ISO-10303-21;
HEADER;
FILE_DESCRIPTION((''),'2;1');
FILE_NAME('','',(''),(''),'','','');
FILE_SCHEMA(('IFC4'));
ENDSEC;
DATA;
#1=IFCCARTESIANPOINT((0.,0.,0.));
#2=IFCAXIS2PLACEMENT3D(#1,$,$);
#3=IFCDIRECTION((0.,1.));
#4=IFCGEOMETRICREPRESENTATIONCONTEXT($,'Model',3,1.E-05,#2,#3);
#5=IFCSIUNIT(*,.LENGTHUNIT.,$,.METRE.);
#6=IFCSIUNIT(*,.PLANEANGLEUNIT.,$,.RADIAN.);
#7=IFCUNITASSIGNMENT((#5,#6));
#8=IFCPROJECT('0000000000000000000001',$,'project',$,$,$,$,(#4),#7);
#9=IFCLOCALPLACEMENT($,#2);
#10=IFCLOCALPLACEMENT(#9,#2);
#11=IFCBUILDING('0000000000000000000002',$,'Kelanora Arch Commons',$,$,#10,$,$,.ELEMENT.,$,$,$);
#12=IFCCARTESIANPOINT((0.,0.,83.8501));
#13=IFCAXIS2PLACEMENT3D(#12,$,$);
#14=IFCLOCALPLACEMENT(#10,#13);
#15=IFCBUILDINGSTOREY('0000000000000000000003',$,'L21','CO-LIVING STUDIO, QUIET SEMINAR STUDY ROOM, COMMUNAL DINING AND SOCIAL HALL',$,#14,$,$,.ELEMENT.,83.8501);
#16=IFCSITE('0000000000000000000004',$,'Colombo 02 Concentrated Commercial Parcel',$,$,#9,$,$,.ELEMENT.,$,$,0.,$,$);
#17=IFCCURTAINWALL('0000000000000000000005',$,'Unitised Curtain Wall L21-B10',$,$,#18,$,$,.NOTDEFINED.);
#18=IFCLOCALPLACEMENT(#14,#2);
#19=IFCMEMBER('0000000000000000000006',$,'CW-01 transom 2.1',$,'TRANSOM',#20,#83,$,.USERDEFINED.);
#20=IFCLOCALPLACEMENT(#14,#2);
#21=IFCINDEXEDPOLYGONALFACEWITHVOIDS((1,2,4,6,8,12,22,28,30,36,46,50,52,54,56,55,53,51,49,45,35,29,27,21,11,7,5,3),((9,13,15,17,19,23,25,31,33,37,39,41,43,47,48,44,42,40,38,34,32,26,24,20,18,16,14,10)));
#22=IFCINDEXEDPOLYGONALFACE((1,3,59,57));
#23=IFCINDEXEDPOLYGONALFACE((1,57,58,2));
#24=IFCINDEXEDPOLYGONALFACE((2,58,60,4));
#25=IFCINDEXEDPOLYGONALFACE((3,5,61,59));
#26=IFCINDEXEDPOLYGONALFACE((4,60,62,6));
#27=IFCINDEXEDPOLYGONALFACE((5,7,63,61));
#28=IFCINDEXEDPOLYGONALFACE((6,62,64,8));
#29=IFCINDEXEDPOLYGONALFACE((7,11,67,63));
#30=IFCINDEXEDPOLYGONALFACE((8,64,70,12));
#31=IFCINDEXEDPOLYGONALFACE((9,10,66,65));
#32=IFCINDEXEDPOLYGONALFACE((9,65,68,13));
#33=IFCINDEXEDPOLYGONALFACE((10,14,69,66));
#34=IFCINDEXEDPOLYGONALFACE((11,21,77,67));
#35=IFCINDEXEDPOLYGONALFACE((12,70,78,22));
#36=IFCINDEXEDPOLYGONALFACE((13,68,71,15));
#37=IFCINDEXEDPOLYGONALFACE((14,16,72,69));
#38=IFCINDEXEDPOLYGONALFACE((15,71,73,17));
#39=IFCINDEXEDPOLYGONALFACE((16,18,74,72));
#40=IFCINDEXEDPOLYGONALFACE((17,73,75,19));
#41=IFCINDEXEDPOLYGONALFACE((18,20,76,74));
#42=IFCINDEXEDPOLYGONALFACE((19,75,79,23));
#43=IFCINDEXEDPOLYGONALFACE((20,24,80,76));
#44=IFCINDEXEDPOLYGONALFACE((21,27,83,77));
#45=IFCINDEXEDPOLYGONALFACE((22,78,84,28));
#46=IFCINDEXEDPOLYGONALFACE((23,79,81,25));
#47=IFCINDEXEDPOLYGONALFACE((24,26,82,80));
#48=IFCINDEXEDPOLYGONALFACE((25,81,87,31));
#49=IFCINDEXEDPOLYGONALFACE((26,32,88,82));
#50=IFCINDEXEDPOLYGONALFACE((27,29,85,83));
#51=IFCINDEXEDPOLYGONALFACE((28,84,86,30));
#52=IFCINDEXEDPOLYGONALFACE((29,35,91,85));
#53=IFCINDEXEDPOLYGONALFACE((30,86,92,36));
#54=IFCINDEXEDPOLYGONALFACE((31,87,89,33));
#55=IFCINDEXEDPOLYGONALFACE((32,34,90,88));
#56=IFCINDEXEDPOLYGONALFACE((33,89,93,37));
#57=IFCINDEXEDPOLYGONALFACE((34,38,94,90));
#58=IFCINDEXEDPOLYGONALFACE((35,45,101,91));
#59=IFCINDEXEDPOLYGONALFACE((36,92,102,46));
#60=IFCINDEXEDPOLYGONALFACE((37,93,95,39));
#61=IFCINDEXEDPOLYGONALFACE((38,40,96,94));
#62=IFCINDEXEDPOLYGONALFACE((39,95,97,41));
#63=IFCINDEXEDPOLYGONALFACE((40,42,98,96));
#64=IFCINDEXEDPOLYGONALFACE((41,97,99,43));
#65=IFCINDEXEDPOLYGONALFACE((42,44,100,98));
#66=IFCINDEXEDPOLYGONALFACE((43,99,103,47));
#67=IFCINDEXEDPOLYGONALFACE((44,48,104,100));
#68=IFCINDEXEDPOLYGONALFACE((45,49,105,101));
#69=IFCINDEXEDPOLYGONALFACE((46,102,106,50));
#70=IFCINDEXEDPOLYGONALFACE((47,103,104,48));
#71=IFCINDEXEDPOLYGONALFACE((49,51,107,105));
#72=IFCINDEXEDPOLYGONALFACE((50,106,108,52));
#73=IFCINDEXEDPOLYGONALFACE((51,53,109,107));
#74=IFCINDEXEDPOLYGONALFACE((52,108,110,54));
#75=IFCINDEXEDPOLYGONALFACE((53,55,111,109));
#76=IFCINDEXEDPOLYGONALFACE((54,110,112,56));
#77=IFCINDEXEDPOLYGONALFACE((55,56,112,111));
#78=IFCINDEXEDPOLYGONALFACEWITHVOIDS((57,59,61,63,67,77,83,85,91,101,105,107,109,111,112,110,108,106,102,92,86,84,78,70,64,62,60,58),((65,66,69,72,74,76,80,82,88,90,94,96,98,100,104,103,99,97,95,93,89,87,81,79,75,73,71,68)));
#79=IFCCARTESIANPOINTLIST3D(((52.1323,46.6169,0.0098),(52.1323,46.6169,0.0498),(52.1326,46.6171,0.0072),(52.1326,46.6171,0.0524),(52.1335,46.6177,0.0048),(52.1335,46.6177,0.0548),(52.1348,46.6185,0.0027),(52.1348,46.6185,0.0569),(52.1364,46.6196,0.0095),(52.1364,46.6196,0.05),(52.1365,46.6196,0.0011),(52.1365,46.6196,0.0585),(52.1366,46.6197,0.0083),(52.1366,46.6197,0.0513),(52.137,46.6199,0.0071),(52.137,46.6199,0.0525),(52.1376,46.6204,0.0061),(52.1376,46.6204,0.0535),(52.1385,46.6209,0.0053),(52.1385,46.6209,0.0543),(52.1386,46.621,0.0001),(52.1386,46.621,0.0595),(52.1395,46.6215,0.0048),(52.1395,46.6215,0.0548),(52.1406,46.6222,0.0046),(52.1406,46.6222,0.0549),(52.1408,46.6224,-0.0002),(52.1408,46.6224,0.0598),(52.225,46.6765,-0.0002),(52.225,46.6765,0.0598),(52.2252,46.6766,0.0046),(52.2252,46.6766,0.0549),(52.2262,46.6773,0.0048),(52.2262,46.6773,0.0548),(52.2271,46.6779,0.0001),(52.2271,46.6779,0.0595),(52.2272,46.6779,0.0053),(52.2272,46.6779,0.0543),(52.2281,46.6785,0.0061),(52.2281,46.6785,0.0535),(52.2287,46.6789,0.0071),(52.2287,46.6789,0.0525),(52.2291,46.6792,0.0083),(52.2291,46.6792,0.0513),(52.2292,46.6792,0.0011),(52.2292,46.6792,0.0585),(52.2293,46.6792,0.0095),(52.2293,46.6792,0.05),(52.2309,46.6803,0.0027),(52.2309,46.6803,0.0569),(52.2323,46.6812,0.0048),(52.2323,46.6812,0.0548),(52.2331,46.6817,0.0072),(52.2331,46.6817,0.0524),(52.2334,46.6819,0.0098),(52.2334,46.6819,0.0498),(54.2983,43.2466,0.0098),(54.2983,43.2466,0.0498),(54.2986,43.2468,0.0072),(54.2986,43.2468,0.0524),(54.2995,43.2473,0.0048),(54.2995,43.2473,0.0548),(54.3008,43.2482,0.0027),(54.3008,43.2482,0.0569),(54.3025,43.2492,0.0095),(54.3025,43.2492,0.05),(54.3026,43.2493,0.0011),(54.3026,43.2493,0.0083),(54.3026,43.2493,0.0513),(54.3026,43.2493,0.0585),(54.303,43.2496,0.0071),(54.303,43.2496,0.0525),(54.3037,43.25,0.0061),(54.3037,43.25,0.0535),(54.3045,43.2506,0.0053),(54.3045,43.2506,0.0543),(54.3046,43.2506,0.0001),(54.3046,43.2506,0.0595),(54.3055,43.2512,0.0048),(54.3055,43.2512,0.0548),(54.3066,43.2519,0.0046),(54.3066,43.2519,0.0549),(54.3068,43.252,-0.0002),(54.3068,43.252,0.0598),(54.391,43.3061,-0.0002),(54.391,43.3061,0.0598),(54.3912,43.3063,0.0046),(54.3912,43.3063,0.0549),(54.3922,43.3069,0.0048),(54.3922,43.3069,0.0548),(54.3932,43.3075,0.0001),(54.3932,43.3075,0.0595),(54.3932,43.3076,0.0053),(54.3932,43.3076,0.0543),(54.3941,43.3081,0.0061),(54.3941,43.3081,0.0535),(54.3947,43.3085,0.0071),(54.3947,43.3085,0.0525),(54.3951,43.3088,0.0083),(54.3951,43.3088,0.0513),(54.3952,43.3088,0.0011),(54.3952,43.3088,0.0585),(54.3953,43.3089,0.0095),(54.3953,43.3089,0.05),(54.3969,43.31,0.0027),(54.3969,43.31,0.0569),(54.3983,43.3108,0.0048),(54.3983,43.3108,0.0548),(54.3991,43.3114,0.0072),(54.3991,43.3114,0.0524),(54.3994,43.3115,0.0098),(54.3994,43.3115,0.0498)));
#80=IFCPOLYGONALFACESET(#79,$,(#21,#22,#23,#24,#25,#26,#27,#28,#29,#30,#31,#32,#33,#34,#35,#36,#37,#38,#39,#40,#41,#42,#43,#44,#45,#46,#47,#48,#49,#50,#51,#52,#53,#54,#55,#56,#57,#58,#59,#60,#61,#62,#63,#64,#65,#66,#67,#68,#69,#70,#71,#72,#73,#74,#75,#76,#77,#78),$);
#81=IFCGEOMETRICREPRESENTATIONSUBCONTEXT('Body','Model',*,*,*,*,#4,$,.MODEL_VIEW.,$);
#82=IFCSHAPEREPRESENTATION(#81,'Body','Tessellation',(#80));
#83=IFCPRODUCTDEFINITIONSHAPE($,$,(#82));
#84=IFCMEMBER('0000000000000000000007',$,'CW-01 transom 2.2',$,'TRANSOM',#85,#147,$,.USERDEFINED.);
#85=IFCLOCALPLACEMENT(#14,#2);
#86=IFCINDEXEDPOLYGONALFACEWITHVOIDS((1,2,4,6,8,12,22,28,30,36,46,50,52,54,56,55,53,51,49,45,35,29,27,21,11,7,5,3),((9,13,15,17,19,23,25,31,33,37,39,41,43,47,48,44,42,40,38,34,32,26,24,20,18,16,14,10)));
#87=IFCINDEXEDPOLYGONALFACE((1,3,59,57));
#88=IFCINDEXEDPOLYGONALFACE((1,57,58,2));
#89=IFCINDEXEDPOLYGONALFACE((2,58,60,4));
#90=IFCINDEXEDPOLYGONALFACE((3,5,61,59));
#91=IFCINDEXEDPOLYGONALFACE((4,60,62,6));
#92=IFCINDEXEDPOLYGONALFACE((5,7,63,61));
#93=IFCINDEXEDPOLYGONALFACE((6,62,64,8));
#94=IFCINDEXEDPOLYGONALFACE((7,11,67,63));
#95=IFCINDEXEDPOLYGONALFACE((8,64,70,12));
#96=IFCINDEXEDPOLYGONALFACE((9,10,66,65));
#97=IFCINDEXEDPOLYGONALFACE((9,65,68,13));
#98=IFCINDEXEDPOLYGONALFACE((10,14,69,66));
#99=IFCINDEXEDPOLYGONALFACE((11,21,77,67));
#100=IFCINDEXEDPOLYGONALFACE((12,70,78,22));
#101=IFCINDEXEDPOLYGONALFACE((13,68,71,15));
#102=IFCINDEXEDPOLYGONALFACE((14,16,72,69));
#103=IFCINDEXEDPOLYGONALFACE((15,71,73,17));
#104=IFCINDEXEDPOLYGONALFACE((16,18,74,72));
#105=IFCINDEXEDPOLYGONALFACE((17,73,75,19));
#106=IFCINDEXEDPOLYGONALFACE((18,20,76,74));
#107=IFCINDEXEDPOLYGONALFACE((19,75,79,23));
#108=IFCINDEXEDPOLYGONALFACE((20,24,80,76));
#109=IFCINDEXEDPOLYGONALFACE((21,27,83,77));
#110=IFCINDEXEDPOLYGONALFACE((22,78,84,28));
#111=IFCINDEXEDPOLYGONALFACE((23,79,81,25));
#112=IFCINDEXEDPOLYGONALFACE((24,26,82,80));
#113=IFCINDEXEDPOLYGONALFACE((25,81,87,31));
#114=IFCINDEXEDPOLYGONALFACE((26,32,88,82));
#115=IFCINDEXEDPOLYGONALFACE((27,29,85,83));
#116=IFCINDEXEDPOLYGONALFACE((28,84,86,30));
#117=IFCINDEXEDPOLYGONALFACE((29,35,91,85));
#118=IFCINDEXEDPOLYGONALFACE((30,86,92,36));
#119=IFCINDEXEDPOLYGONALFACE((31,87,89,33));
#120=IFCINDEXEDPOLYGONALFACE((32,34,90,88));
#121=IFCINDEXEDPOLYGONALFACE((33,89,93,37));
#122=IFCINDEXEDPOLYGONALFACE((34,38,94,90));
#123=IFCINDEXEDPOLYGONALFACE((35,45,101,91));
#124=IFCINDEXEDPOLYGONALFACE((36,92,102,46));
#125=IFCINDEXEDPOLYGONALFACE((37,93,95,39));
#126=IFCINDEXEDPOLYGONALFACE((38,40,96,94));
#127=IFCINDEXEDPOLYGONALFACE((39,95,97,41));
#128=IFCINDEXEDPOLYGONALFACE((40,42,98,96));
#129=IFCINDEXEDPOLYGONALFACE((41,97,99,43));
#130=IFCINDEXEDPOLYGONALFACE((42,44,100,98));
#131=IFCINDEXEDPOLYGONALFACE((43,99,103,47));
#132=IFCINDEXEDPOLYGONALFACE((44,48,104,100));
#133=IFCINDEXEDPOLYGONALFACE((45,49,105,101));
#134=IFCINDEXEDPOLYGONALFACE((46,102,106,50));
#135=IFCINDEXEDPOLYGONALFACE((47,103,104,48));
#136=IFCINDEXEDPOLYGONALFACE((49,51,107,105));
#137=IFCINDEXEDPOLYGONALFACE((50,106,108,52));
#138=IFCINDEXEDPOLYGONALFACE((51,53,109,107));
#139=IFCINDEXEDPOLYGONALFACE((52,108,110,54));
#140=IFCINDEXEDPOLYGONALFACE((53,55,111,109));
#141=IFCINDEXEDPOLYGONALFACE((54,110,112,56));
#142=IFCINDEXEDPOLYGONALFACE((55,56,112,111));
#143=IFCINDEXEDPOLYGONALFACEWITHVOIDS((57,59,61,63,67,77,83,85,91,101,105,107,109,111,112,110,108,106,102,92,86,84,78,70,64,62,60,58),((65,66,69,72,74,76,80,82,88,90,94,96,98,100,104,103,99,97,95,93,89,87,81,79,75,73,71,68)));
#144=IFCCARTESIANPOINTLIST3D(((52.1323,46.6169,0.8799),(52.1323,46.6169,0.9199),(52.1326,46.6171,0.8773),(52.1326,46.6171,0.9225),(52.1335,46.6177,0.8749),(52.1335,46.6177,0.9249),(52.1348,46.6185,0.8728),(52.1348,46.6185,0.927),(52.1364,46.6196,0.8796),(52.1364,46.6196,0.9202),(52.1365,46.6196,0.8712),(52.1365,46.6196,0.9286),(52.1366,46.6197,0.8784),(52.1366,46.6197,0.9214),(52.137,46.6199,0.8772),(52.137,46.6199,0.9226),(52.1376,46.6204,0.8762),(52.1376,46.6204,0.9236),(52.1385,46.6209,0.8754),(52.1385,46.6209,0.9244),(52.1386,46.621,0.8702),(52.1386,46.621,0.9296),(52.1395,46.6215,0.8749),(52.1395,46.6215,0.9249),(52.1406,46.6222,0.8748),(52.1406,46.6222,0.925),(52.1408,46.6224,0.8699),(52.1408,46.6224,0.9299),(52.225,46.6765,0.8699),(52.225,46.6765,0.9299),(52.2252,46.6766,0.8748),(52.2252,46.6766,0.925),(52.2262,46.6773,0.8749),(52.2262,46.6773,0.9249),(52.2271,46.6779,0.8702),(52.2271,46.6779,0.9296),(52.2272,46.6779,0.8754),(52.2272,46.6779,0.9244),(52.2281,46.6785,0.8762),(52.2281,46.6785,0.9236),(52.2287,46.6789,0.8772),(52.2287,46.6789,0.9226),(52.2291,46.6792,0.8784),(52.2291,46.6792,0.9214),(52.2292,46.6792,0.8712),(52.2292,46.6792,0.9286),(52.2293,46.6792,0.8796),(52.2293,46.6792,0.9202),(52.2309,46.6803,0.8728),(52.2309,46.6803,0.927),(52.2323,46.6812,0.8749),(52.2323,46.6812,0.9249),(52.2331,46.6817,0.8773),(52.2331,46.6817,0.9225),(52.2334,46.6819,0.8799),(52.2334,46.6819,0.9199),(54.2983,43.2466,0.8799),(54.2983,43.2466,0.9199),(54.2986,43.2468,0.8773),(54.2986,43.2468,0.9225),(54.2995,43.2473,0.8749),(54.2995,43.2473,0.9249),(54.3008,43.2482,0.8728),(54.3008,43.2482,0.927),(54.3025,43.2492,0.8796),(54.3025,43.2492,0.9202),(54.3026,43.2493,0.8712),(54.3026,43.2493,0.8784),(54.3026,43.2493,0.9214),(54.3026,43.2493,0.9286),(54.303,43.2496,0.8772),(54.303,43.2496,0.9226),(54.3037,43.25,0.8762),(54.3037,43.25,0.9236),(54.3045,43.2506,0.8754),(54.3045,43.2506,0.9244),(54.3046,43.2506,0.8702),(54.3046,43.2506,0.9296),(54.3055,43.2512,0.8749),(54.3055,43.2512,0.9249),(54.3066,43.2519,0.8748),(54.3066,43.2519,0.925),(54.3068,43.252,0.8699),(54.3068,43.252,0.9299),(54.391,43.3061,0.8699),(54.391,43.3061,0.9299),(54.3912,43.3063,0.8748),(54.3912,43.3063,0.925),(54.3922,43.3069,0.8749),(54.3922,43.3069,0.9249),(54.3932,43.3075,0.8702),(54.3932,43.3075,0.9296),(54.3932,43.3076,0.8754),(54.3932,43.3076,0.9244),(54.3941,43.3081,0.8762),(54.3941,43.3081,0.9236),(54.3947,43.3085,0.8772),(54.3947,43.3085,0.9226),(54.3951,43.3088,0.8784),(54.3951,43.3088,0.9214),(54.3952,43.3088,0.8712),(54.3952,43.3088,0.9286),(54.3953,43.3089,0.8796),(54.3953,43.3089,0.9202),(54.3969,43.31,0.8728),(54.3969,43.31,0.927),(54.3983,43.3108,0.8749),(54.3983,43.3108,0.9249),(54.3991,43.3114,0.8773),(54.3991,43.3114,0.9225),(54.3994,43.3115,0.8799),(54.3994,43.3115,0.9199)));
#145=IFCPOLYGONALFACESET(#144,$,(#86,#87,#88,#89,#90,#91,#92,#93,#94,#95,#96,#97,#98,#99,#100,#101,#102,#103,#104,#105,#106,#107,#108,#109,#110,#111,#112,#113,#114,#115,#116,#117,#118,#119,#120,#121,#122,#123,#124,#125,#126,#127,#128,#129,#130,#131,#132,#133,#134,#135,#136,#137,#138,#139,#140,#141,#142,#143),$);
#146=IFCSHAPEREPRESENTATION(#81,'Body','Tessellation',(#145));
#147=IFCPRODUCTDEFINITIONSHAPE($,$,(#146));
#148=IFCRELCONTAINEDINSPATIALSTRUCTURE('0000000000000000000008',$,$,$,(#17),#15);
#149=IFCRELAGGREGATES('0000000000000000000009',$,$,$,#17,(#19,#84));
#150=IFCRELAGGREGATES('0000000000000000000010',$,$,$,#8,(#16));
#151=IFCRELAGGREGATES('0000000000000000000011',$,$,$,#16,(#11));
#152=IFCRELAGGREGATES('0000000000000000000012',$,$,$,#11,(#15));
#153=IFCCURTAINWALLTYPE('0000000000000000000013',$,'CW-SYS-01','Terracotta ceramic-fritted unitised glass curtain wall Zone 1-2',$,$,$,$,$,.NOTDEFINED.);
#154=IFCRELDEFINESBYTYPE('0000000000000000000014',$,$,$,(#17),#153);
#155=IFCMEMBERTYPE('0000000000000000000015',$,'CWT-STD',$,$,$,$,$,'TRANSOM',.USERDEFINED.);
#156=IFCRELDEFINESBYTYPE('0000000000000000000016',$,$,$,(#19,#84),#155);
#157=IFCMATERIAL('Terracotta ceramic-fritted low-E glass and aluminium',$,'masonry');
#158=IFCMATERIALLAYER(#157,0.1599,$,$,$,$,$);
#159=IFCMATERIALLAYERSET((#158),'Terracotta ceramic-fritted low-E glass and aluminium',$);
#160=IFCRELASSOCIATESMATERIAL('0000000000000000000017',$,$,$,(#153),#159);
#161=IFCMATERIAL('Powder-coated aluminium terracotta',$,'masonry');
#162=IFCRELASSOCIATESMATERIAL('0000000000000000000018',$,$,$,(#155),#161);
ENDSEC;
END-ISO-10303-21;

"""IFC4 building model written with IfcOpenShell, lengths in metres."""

from ifc_helpers import new_model, si_unit, direction, frame, origin, origin_2d, place, context, subcontext, project, spatial, hollow_rectangle, extrude, material, layer, layer_set, material_profile, profile_set, type_object, element, aggregate, save


model = new_model("IFC4")

# Units and contexts
model_context = context("Model", 3, precision=1e-05, world=origin(), true_north=direction((0.0, 1.0)))
body_context = subcontext(model_context, "Body", "Model", "MODEL_VIEW")
ifc_project = project(units=[si_unit("LENGTHUNIT", "METRE"), si_unit("PLANEANGLEUNIT", "RADIAN")], contexts=[model_context])

# Site, building, storey
site_placement = place(None, origin())
site = spatial("IfcSite", under=ifc_project, at=site_placement, Name="Colombo 02 Concentrated Commercial Parcel", CompositionType="ELEMENT", RefElevation=0.0)
building_placement = place(site_placement, origin())
building = spatial("IfcBuilding", under=site, at=building_placement, Name="Kelanora Arch Commons", CompositionType="ELEMENT")
storey_placement = place(building_placement, frame((0.0, 0.0, 83.8501)))
storey = spatial("IfcBuildingStorey", under=building, at=storey_placement, Name="L21", Description="CO-LIVING STUDIO, QUIET SEMINAR STUDY ROOM, COMMUNAL DINING AND SOCIAL HALL", CompositionType="ELEMENT", Elevation=83.8501)

# Curtain wall, members
ifc_material_1 = material(Name="Terracotta ceramic-fritted low-E glass and aluminium", Category="masonry")
ifc_layer_1 = layer(ifc_material_1, 0.1599)
ifc_layer_set_1 = layer_set([ifc_layer_1], Name="Terracotta ceramic-fritted low-E glass and aluminium")
curtain_wall_type = type_object("IfcCurtainWallType", Name="CW-SYS-01", Description="Terracotta ceramic-fritted unitised glass curtain wall Zone 1-2", PredefinedType="NOTDEFINED", material=ifc_layer_set_1)
curtain_wall_placement = place(storey_placement, origin())
curtain_wall = element("IfcCurtainWall", 1, at=curtain_wall_placement, inside=storey, type_object=curtain_wall_type, Name="Unitised Curtain Wall L21-B10", PredefinedType="NOTDEFINED")
ifc_material_2 = material(Name="Powder-coated aluminium terracotta", Category="masonry")
ifc_material_profile_1 = material_profile(ifc_material_2, hollow_rectangle(XDim=0.1201, YDim=0.0601, WallThickness=0.0049, InnerFilletRadius=0.0049, OuterFilletRadius=0.01, at=origin_2d()), Name="CWT120x60")
ifc_profile_set_1 = profile_set([ifc_material_profile_1], Name="Powder-coated aluminium terracotta")
member_type_1 = type_object("IfcMemberType", Name="CWT-STD", ElementType="TRANSOM", PredefinedType="USERDEFINED", material=ifc_profile_set_1)
member_1_placement = place(storey_placement, frame((52.1829, 46.6494, 0.0298), z_axis=(0.540644, -0.841252, 0.0), x_axis=(0.841252, 0.540644, 0.0)))
member_1 = element("IfcMember", 2, at=member_1_placement, type_object=member_type_1, Name="CW-01 transom 2.1", ObjectType="TRANSOM", PredefinedType="USERDEFINED", context=body_context, shape_type="SweptSolid", body=[
    extrude(hollow_rectangle(XDim=0.1201, YDim=0.0601, WallThickness=0.0049, InnerFilletRadius=0.0049, OuterFilletRadius=0.01, at=origin_2d()), origin(), (0.0, 0.0, 1.0), 4.0063),
])
member_2_placement = place(storey_placement, frame((52.1829, 46.6494, 0.8999), z_axis=(0.540644, -0.841252, 0.0), x_axis=(0.841252, 0.540644, 0.0)))
member_2 = element("IfcMember", 3, at=member_2_placement, type_object=member_type_1, Name="CW-01 transom 2.2", ObjectType="TRANSOM", PredefinedType="USERDEFINED", context=body_context, shape_type="SweptSolid", body=[
    extrude(hollow_rectangle(XDim=0.1201, YDim=0.0601, WallThickness=0.0049, InnerFilletRadius=0.0049, OuterFilletRadius=0.01, at=origin_2d()), origin(), (0.0, 0.0, 1.0), 4.0063),
])

aggregate(curtain_wall, [member_1, member_2])

save(model, "model.ifc")
